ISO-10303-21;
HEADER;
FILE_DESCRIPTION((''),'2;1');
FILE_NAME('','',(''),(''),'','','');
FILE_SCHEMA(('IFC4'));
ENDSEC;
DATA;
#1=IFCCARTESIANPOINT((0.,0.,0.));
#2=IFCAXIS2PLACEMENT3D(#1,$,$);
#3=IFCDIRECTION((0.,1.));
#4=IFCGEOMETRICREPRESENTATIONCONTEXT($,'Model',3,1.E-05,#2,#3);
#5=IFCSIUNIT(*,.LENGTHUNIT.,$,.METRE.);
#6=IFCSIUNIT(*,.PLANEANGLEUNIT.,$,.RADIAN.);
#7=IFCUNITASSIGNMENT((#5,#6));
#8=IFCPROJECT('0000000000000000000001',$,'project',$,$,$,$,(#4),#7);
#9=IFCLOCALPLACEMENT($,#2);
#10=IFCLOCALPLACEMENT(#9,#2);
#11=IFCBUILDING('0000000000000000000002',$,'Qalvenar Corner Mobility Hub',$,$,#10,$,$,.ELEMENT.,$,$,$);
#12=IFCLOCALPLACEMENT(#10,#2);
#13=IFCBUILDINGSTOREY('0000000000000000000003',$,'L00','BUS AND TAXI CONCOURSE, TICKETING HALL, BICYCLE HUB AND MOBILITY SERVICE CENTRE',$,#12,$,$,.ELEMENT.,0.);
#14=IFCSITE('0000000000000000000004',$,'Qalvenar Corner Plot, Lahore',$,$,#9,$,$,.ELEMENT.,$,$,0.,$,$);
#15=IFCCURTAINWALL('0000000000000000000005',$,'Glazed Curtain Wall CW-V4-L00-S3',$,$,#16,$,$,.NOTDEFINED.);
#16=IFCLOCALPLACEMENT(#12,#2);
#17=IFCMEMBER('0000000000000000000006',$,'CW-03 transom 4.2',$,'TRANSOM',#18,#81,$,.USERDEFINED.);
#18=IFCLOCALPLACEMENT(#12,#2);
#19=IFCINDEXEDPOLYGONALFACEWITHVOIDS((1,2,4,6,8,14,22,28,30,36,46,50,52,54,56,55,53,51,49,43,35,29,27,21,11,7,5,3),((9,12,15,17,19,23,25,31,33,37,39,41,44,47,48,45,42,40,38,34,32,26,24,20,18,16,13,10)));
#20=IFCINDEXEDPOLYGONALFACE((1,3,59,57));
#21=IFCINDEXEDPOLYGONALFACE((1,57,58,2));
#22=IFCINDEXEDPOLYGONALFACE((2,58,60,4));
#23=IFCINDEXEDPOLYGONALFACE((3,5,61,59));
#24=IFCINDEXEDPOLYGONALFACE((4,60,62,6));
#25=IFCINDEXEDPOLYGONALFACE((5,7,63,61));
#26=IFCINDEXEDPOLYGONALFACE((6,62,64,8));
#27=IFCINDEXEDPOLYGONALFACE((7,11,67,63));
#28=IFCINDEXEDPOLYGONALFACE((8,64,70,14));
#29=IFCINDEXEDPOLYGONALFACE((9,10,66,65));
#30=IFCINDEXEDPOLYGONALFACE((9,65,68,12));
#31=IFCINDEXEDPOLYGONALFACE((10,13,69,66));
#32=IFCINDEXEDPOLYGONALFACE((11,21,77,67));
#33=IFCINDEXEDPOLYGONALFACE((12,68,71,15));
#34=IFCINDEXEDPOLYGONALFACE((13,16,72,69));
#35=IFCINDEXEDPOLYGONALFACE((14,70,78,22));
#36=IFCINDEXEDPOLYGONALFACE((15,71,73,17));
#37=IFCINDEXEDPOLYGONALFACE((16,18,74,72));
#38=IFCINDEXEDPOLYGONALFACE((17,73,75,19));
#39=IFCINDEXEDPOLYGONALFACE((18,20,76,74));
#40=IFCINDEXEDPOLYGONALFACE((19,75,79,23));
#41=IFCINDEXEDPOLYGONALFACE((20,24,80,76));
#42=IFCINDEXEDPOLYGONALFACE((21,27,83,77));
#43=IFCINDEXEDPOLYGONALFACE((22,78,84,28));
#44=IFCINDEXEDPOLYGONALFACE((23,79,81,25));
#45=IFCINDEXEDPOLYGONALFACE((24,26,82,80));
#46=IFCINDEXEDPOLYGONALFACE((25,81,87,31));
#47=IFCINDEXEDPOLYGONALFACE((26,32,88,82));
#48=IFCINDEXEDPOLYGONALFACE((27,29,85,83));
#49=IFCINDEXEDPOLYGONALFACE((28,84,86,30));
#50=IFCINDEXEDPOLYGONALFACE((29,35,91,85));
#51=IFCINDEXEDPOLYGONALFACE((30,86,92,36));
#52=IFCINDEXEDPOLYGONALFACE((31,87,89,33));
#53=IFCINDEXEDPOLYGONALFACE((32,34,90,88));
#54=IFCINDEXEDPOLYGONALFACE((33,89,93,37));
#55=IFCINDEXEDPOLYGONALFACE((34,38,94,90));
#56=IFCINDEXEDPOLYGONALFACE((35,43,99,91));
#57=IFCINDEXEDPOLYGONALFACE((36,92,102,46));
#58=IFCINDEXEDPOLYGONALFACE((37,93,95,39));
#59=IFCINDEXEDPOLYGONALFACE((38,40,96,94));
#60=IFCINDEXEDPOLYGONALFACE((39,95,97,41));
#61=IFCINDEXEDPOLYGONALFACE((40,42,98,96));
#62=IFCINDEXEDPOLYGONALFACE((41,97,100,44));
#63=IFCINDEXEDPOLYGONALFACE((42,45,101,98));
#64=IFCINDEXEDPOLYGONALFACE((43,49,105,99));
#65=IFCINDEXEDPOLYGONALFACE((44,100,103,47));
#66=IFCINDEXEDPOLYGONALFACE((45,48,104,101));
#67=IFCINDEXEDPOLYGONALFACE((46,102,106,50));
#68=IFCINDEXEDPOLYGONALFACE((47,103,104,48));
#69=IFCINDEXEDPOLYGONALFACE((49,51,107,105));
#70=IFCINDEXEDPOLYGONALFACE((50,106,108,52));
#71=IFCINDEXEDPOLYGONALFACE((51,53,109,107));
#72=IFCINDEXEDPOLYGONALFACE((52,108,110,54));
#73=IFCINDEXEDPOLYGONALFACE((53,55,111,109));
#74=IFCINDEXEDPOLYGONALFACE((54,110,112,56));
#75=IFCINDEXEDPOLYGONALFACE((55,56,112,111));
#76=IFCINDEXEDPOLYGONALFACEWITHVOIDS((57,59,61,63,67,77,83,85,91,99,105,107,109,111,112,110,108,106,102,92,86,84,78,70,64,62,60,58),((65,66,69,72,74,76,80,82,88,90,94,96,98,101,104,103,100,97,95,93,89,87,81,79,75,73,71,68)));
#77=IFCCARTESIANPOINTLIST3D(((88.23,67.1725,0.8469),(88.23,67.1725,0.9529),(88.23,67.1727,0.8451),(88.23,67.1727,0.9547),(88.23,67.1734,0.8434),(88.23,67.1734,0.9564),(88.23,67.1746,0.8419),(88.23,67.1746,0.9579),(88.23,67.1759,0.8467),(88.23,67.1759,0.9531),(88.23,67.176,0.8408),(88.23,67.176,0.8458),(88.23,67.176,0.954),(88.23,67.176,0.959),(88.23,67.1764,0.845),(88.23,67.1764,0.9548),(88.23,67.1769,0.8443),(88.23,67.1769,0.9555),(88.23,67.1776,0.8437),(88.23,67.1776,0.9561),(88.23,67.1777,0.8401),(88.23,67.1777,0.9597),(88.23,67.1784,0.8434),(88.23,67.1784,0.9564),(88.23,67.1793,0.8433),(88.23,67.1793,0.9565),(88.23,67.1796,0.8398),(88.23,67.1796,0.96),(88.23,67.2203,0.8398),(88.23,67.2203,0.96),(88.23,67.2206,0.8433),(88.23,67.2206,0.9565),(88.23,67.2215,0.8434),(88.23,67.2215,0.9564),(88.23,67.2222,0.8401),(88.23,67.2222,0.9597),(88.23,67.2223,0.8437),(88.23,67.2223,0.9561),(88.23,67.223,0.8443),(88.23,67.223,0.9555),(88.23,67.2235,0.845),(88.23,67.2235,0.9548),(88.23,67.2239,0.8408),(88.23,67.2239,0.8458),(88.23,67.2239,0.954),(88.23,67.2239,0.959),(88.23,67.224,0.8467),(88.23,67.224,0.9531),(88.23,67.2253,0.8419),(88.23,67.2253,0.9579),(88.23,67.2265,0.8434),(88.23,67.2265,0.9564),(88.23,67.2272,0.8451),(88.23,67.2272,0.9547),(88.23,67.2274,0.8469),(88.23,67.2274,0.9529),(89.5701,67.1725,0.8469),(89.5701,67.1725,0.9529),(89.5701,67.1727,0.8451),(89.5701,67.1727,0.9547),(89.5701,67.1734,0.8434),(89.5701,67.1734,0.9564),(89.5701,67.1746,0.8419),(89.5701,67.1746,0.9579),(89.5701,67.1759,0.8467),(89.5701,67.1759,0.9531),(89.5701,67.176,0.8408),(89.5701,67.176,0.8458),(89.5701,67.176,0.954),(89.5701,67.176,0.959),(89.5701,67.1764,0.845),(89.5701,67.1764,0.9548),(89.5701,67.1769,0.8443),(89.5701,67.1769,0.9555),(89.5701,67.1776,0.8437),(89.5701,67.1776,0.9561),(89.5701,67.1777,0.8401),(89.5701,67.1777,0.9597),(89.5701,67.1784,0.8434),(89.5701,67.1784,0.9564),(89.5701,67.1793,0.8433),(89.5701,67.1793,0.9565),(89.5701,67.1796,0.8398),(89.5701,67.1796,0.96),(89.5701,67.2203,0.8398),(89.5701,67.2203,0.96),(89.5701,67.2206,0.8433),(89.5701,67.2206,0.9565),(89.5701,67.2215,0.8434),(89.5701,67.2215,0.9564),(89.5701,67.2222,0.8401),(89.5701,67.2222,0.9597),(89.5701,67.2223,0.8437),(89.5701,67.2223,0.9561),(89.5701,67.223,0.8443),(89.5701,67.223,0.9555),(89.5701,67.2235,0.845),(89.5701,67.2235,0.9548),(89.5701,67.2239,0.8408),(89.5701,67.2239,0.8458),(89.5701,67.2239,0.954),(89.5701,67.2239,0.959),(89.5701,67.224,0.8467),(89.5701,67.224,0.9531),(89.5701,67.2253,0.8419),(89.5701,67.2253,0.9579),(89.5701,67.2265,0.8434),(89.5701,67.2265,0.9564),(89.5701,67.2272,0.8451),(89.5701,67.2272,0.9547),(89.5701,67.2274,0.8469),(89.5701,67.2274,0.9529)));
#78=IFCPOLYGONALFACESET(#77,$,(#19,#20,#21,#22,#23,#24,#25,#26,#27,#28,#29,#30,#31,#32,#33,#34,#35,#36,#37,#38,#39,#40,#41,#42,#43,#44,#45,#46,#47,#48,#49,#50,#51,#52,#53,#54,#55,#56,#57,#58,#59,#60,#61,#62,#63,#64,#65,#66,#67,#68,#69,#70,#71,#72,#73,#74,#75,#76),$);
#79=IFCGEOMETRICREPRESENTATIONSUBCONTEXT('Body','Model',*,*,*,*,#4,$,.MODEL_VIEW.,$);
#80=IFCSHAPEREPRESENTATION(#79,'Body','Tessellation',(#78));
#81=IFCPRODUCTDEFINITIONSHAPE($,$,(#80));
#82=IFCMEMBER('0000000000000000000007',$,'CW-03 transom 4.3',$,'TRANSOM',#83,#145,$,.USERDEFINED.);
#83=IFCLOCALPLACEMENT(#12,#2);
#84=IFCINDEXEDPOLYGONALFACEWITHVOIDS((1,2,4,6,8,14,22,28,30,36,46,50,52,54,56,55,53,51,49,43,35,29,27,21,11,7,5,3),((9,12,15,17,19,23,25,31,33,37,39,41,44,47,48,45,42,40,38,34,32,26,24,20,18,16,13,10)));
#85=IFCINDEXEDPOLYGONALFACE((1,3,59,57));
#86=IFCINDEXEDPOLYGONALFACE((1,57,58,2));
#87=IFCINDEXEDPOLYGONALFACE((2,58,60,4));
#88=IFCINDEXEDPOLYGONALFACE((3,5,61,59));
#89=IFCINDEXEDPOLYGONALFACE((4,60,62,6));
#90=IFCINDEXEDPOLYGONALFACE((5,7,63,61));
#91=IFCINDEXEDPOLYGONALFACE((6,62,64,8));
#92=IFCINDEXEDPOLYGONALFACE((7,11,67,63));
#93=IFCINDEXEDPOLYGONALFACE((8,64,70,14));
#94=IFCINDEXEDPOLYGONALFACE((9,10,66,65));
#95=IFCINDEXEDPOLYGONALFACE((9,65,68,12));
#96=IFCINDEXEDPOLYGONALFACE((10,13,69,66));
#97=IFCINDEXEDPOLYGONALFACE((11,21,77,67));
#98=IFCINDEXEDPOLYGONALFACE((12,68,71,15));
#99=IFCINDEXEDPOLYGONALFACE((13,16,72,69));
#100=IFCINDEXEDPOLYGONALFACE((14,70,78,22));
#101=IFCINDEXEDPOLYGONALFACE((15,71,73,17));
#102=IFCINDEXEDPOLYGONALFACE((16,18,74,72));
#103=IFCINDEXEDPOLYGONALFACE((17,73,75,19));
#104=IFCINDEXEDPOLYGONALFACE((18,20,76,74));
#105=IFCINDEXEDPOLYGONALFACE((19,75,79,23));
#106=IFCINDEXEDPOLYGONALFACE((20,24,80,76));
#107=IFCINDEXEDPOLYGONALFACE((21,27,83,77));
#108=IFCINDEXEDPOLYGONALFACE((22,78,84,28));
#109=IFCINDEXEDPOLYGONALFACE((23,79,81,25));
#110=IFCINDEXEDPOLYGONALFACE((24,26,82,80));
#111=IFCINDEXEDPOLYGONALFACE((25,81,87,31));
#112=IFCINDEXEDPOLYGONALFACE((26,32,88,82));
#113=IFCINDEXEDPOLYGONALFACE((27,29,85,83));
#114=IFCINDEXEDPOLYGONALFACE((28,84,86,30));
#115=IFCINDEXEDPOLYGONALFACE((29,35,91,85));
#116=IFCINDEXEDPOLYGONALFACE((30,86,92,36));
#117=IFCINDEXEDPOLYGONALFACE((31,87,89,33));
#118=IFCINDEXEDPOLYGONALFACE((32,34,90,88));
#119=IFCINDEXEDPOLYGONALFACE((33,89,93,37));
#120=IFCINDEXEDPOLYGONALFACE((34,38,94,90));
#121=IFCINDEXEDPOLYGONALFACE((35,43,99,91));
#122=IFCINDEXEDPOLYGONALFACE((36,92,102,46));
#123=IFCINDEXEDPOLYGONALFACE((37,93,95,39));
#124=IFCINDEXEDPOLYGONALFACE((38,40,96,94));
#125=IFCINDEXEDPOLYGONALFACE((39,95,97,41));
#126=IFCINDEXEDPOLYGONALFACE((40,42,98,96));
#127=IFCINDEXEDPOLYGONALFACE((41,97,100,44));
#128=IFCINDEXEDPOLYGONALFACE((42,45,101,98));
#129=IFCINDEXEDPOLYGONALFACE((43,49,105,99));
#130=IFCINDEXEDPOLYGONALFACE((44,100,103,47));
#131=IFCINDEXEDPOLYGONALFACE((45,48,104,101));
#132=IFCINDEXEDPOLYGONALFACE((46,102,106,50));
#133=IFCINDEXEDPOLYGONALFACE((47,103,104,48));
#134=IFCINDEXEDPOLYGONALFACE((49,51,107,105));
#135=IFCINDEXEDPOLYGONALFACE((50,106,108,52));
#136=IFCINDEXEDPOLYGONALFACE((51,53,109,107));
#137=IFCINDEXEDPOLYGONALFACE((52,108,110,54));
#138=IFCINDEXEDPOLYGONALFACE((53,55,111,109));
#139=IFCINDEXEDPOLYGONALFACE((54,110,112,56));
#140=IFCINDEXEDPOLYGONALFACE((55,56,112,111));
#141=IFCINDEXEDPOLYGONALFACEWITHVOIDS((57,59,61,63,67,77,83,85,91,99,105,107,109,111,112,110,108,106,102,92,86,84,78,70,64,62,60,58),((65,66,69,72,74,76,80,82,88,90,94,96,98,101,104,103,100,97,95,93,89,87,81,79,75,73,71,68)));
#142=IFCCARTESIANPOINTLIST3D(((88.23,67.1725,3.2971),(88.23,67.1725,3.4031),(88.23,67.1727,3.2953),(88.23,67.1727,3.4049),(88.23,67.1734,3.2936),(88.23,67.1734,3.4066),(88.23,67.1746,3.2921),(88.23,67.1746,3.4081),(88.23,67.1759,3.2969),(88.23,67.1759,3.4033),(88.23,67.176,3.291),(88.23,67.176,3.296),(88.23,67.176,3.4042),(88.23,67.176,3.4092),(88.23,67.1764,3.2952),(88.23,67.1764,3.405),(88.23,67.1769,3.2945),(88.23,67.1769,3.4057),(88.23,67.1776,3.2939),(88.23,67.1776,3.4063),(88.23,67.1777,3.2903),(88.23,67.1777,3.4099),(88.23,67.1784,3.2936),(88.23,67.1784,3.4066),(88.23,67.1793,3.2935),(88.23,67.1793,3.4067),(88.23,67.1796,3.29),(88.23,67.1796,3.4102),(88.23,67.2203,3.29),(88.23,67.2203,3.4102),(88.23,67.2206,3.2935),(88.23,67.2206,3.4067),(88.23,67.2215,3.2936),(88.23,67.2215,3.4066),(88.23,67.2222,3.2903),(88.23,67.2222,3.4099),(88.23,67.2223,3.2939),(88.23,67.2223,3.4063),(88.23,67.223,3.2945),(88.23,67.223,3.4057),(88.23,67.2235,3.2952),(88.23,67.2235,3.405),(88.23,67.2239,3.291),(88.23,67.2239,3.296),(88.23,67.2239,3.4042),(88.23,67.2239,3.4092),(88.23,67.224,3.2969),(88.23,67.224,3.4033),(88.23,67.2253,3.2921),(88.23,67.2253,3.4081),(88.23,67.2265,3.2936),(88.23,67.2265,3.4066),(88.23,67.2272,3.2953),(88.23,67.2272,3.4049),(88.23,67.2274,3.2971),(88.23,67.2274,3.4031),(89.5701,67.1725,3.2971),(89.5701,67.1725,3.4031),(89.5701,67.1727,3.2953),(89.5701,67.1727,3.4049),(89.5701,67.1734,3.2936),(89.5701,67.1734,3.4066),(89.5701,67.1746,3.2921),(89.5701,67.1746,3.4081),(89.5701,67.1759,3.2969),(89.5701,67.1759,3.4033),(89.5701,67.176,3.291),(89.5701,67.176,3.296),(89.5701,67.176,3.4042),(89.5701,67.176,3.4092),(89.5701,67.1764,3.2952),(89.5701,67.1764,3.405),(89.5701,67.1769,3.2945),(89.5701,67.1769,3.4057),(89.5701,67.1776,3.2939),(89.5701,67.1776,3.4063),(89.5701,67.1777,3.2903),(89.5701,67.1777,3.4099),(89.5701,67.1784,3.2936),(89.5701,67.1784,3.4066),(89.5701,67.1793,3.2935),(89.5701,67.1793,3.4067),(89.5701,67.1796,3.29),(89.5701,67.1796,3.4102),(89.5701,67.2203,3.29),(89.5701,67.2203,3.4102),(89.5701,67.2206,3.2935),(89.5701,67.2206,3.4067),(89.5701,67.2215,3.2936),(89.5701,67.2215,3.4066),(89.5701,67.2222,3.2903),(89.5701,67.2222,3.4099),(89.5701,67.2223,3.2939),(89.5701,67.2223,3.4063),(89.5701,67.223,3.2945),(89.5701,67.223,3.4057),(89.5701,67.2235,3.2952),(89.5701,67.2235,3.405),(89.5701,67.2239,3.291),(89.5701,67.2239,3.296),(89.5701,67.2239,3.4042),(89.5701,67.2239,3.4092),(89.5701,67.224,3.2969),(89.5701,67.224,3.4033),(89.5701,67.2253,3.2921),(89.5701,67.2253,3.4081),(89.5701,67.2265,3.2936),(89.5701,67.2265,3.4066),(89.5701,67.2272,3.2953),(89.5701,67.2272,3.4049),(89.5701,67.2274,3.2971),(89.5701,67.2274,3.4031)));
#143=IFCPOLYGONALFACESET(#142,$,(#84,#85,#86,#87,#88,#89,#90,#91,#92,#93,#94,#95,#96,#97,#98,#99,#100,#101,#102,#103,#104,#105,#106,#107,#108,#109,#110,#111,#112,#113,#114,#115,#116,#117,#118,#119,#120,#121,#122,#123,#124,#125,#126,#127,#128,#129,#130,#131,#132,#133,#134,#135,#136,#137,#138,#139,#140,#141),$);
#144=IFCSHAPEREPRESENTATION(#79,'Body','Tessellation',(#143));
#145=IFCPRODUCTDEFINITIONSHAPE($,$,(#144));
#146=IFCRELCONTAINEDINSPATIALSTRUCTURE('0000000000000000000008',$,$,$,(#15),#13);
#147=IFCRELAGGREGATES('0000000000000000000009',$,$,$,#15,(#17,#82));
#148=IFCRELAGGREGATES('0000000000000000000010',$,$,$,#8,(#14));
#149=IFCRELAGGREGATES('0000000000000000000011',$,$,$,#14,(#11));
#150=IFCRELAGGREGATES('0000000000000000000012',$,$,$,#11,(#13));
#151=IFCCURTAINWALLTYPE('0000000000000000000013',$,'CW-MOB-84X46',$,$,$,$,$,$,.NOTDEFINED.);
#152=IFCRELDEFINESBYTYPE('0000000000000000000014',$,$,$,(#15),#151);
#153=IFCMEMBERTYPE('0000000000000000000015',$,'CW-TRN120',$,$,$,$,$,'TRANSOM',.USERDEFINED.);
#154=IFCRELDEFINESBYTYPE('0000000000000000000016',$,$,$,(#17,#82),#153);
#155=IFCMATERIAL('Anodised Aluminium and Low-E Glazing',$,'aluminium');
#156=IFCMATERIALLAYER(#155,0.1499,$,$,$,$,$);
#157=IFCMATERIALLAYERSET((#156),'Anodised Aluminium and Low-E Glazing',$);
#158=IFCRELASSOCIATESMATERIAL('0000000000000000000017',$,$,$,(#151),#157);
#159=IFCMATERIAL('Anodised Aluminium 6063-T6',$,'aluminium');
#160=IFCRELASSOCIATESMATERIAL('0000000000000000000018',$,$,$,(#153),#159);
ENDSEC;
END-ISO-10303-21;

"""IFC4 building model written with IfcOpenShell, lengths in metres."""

from ifc_helpers import new_model, si_unit, direction, frame, origin, origin_2d, place, context, subcontext, project, spatial, hollow_rectangle, extrude, material, layer, layer_set, material_profile, profile_set, type_object, element, aggregate, save


model = new_model("IFC4")

# Units and contexts
model_context = context("Model", 3, precision=1e-05, world=origin(), true_north=direction((0.0, 1.0)))
body_context = subcontext(model_context, "Body", "Model", "MODEL_VIEW")
ifc_project = project(units=[si_unit("LENGTHUNIT", "METRE"), si_unit("PLANEANGLEUNIT", "RADIAN")], contexts=[model_context])

# Site, building, storey
site_placement = place(None, origin())
site = spatial("IfcSite", under=ifc_project, at=site_placement, Name="Qalvenar Corner Plot, Lahore", CompositionType="ELEMENT", RefElevation=0.0)
building_placement = place(site_placement, origin())
building = spatial("IfcBuilding", under=site, at=building_placement, Name="Qalvenar Corner Mobility Hub", CompositionType="ELEMENT")
storey_placement = place(building_placement, origin())
storey = spatial("IfcBuildingStorey", under=building, at=storey_placement, Name="L00", Description="BUS AND TAXI CONCOURSE, TICKETING HALL, BICYCLE HUB AND MOBILITY SERVICE CENTRE", CompositionType="ELEMENT", Elevation=0.0)

# Curtain wall, members
ifc_material_1 = material(Name="Anodised Aluminium and Low-E Glazing", Category="aluminium")
ifc_layer_1 = layer(ifc_material_1, 0.1499)
ifc_layer_set_1 = layer_set([ifc_layer_1], Name="Anodised Aluminium and Low-E Glazing")
curtain_wall_type = type_object("IfcCurtainWallType", Name="CW-MOB-84X46", PredefinedType="NOTDEFINED", material=ifc_layer_set_1)
curtain_wall_placement = place(storey_placement, origin())
curtain_wall = element("IfcCurtainWall", 1, at=curtain_wall_placement, inside=storey, type_object=curtain_wall_type, Name="Glazed Curtain Wall CW-V4-L00-S3", PredefinedType="NOTDEFINED")
ifc_material_2 = material(Name="Anodised Aluminium 6063-T6", Category="aluminium")
ifc_material_profile_1 = material_profile(ifc_material_2, hollow_rectangle(XDim=0.0549, YDim=0.1201, WallThickness=0.0034, InnerFilletRadius=0.0034, OuterFilletRadius=0.0071, at=origin_2d()), Name="RHS120x55x3.5")
ifc_profile_set_1 = profile_set([ifc_material_profile_1], Name="Anodised Aluminium 6063-T6")
member_type_1 = type_object("IfcMemberType", Name="CW-TRN120", ElementType="TRANSOM", PredefinedType="USERDEFINED", material=ifc_profile_set_1)
member_1_placement = place(storey_placement, frame((88.23, 67.2, 0.8999), z_axis=(1.0, 0.0, 0.0), x_axis=(0.0, 1.0, 0.0)))
member_1 = element("IfcMember", 2, at=member_1_placement, type_object=member_type_1, Name="CW-03 transom 4.2", ObjectType="TRANSOM", PredefinedType="USERDEFINED", context=body_context, shape_type="SweptSolid", body=[
    extrude(hollow_rectangle(XDim=0.0549, YDim=0.1201, WallThickness=0.0034, InnerFilletRadius=0.0034, OuterFilletRadius=0.0071, at=origin_2d()), origin(), (0.0, 0.0, 1.0), 1.3401),
])
member_2_placement = place(storey_placement, frame((88.23, 67.2, 3.3501), z_axis=(1.0, 0.0, 0.0), x_axis=(0.0, 1.0, 0.0)))
member_2 = element("IfcMember", 3, at=member_2_placement, type_object=member_type_1, Name="CW-03 transom 4.3", ObjectType="TRANSOM", PredefinedType="USERDEFINED", context=body_context, shape_type="SweptSolid", body=[
    extrude(hollow_rectangle(XDim=0.0549, YDim=0.1201, WallThickness=0.0034, InnerFilletRadius=0.0034, OuterFilletRadius=0.0071, at=origin_2d()), origin(), (0.0, 0.0, 1.0), 1.3401),
])
aggregate(curtain_wall, [member_1, member_2])

save(model, "model.ifc")
